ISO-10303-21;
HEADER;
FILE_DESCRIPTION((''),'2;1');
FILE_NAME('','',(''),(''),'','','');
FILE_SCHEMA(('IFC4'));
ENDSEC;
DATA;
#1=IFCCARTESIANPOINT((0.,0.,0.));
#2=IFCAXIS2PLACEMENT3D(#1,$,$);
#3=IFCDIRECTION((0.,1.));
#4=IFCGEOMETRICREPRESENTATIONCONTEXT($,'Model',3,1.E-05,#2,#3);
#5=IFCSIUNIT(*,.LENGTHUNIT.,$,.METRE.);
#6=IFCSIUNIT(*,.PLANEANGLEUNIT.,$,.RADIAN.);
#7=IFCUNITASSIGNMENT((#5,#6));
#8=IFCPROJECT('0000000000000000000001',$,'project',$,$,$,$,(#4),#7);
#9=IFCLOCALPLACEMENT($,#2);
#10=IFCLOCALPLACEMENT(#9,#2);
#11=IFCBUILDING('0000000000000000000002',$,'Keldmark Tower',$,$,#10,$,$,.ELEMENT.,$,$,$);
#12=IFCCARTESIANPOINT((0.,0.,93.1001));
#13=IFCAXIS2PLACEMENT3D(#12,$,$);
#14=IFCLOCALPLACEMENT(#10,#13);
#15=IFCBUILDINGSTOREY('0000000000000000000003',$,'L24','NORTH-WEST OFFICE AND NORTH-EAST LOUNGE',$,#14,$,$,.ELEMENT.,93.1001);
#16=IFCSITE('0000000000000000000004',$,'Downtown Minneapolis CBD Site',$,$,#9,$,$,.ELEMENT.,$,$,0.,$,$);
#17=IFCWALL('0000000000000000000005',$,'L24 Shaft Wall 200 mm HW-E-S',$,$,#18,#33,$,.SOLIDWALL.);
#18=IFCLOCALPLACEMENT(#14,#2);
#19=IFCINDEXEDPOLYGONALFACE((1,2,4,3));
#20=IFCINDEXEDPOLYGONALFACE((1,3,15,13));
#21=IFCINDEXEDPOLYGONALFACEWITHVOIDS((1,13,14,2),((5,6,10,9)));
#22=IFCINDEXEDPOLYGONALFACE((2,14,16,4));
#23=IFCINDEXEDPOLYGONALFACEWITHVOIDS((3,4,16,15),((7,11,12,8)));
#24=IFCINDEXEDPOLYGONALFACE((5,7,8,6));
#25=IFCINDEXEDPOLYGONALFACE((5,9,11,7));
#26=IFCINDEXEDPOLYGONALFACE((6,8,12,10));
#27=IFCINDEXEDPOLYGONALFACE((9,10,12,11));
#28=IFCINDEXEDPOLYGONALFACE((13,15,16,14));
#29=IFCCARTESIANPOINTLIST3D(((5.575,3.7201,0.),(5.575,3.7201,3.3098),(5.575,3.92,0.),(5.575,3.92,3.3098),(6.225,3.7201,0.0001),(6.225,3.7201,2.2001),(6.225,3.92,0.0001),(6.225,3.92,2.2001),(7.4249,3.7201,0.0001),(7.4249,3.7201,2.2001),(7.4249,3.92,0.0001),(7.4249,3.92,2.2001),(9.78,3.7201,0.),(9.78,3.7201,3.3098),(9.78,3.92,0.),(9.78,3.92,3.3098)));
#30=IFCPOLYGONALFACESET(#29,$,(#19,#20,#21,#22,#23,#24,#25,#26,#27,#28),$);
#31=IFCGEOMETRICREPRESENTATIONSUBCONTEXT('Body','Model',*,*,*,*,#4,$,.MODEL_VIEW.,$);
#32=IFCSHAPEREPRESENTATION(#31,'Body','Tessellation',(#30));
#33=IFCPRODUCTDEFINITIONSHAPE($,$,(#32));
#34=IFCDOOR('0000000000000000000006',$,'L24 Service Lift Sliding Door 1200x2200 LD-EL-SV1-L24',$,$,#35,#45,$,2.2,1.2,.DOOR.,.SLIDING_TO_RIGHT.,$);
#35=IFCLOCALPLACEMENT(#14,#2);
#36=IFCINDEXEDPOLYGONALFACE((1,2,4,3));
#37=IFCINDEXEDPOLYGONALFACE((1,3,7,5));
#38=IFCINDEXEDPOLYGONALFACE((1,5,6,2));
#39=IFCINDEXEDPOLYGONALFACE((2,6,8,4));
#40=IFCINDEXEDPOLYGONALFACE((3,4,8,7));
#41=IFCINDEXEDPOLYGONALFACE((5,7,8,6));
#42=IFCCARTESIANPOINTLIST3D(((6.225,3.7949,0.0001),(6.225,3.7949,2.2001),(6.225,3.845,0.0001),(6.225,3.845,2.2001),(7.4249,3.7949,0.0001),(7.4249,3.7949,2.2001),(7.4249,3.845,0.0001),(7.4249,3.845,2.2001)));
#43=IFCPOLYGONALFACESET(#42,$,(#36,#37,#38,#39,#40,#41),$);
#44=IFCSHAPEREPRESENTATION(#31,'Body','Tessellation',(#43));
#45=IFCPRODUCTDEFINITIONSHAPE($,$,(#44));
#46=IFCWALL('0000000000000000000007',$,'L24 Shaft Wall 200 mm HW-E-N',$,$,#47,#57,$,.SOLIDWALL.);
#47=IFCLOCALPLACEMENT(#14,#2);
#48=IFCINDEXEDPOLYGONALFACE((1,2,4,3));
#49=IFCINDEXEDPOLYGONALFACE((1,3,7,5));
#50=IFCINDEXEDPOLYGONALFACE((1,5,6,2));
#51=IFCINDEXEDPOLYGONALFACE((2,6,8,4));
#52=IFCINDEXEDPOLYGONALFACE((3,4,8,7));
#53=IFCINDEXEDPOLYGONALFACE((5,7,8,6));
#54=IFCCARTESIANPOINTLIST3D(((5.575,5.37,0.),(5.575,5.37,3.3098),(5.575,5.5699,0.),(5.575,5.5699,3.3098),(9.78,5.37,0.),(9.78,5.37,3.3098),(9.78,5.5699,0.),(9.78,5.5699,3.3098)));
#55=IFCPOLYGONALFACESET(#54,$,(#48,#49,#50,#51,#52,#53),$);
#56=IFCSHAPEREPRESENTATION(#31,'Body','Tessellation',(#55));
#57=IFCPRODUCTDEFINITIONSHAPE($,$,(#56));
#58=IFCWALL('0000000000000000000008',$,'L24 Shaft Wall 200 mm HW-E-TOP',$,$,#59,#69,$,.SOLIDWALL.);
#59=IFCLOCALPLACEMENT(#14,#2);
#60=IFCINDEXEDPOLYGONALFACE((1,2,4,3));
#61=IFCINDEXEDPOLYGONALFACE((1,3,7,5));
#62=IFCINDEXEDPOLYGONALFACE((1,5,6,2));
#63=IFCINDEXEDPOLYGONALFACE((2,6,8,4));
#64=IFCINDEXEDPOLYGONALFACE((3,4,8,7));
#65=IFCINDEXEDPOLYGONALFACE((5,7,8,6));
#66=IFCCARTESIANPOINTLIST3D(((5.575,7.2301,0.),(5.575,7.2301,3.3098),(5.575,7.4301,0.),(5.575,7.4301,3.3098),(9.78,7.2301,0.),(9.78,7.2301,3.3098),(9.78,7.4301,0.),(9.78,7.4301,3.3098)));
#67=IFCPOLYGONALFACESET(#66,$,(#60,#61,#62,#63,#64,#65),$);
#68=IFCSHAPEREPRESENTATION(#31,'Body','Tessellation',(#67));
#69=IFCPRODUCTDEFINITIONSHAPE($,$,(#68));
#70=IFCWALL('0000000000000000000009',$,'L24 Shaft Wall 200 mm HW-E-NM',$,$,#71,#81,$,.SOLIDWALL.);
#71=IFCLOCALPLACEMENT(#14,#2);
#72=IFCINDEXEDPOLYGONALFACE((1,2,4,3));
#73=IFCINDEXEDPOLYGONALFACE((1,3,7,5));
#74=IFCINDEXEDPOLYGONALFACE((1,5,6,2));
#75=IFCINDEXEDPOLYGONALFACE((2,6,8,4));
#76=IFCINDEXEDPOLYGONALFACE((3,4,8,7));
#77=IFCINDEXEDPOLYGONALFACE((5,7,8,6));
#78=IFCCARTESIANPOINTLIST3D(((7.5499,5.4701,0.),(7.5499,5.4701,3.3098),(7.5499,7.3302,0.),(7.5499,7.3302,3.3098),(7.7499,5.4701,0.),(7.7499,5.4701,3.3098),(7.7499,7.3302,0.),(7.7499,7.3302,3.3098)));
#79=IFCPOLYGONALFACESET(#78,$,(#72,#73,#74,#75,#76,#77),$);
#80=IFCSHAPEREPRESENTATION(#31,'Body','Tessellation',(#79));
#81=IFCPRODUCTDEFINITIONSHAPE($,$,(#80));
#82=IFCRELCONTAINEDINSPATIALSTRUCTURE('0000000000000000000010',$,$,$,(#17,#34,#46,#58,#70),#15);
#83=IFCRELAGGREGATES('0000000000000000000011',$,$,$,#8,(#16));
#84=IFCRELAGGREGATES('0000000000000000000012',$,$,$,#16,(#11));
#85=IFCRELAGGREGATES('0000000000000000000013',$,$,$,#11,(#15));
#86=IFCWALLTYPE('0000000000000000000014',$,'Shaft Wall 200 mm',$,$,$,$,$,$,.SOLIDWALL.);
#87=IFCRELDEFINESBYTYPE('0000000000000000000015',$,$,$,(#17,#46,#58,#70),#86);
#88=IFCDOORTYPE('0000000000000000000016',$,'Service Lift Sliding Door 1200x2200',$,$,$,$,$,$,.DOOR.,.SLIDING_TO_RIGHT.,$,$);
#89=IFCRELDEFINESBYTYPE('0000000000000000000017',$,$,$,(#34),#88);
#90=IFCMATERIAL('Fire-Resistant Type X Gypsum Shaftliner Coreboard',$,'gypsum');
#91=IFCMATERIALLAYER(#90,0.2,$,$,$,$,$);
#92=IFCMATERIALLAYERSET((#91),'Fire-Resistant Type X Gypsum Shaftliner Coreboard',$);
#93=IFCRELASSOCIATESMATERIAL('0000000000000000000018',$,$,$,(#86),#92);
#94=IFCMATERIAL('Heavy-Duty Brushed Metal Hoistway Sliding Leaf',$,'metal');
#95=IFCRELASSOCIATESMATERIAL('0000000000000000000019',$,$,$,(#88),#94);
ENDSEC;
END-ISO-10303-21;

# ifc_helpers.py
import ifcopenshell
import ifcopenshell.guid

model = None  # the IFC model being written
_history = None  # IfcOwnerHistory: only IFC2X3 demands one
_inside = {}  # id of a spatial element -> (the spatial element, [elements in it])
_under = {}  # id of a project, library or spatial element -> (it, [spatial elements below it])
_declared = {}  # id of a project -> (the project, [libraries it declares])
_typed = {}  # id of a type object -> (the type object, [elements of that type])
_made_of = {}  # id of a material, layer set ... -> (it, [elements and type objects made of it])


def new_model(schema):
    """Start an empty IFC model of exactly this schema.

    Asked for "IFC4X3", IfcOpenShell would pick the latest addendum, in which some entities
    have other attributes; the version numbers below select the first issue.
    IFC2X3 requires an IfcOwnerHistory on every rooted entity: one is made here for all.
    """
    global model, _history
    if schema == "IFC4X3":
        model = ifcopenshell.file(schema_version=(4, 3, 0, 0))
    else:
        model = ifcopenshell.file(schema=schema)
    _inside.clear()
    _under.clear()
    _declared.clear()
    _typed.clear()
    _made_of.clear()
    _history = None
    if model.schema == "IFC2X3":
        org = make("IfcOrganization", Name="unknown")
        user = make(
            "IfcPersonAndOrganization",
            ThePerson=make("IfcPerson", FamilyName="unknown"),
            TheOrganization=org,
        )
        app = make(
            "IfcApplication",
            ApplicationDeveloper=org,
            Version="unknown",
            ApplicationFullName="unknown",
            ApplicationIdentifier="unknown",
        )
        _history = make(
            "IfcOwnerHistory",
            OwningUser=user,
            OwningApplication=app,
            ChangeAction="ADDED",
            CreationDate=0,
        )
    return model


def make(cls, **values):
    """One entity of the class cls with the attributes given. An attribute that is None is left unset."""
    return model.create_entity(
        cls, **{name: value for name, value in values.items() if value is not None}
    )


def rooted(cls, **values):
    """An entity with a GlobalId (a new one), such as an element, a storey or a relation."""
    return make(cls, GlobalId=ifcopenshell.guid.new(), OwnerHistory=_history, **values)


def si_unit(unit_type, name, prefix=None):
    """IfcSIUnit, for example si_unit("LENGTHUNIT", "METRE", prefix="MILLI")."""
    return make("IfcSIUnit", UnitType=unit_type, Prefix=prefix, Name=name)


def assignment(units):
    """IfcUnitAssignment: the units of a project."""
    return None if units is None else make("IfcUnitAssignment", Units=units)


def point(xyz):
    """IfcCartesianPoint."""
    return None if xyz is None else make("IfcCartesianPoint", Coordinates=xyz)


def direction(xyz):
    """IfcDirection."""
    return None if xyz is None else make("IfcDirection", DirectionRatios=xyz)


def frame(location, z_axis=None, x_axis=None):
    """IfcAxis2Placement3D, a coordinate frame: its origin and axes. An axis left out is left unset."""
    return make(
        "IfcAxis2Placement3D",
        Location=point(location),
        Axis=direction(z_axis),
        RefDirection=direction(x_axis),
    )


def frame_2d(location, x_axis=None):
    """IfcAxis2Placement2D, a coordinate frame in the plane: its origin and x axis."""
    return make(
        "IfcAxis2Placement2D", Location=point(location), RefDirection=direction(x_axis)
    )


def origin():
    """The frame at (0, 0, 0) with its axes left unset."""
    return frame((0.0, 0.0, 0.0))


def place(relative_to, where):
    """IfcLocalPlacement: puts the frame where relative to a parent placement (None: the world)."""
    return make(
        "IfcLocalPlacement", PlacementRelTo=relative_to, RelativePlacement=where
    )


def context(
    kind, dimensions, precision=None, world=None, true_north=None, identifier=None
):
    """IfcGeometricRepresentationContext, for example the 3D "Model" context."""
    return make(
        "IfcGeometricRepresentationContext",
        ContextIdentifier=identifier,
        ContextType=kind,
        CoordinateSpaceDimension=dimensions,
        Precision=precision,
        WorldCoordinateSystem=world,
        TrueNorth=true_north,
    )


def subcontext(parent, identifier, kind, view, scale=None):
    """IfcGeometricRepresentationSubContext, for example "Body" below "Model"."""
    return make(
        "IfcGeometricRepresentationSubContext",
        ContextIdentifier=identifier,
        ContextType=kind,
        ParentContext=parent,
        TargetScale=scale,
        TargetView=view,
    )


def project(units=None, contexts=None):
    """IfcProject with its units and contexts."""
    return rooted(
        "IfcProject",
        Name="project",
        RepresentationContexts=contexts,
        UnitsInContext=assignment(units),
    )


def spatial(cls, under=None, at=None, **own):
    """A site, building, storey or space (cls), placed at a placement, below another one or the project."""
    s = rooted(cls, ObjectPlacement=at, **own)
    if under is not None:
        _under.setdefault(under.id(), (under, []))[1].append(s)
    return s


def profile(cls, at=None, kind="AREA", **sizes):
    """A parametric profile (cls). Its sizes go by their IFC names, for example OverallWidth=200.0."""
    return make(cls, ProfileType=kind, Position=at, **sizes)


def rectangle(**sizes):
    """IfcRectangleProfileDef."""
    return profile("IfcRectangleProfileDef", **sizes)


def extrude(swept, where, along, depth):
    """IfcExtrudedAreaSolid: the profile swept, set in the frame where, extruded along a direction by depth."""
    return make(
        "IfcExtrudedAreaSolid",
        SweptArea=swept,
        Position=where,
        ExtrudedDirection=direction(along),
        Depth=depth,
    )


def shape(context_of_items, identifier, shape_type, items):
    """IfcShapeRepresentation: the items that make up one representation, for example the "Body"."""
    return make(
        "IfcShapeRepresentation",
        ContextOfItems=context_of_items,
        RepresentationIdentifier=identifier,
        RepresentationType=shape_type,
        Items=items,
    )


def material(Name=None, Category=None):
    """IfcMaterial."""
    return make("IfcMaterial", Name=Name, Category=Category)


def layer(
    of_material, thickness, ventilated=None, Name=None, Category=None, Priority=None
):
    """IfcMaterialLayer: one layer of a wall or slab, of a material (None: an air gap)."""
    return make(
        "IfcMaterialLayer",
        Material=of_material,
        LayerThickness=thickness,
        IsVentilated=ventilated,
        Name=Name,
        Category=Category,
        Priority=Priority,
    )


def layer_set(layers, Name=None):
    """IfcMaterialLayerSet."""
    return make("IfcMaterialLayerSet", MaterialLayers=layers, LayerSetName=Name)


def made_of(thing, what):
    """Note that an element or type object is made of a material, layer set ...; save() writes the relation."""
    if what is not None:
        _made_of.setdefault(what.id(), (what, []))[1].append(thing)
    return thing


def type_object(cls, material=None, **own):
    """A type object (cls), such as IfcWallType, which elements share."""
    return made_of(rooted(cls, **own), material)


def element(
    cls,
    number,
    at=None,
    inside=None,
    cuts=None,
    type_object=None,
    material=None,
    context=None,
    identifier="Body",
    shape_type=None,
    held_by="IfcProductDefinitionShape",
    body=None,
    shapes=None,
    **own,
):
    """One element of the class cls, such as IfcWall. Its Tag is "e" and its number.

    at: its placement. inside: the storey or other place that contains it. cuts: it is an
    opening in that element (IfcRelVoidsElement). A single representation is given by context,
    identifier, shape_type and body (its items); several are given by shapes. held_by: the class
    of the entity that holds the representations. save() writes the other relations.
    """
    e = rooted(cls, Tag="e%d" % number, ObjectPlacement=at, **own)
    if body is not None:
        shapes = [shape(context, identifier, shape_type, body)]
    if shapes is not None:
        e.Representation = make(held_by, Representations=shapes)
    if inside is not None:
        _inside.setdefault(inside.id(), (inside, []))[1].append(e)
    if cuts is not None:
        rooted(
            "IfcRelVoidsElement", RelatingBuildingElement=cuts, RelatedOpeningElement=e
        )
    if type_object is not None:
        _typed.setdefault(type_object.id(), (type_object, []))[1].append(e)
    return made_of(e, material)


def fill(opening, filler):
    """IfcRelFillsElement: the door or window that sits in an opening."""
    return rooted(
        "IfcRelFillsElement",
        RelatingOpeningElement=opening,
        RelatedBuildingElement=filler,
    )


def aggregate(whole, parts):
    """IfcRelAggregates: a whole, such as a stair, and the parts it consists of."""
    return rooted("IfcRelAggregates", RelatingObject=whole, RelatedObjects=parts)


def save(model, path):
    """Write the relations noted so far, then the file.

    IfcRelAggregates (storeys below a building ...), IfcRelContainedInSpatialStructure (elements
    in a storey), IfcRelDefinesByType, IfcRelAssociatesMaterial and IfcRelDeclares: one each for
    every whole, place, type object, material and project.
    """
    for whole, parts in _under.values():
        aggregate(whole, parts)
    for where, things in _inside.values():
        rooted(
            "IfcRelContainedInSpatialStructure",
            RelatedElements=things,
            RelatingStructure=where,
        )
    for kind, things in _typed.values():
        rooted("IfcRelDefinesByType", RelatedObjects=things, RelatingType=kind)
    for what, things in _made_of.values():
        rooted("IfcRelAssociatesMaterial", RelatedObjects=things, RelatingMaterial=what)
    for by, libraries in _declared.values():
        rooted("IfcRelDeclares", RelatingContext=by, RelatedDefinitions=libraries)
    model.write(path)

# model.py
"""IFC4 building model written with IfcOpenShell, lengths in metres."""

from ifc_helpers import new_model, si_unit, direction, frame, frame_2d, origin, place, context, subcontext, project, spatial, rectangle, extrude, material, layer, layer_set, type_object, element, fill, save


model = new_model("IFC4")

# Units and contexts
model_context = context("Model", 3, precision=1e-05, world=origin(), true_north=direction((0.0, 1.0)))
body_context = subcontext(model_context, "Body", "Model", "MODEL_VIEW")
ifc_project = project(units=[si_unit("LENGTHUNIT", "METRE"), si_unit("PLANEANGLEUNIT", "RADIAN")], contexts=[model_context])

# Site, building, storey
site_placement = place(None, origin())
site = spatial("IfcSite", under=ifc_project, at=site_placement, Name="Downtown Minneapolis CBD Site", CompositionType="ELEMENT", RefElevation=0.0)
building_placement = place(site_placement, origin())
building = spatial("IfcBuilding", under=site, at=building_placement, Name="Keldmark Tower", CompositionType="ELEMENT")
storey_placement = place(building_placement, frame((0.0, 0.0, 93.1001)))
storey = spatial("IfcBuildingStorey", under=building, at=storey_placement, Name="L24", Description="NORTH-WEST OFFICE AND NORTH-EAST LOUNGE", CompositionType="ELEMENT", Elevation=93.1001)

# Wall, opening, door
ifc_material_1 = material(Name="Fire-Resistant Type X Gypsum Shaftliner Coreboard", Category="gypsum")
ifc_layer_1 = layer(ifc_material_1, 0.2)
ifc_layer_set_1 = layer_set([ifc_layer_1], Name="Fire-Resistant Type X Gypsum Shaftliner Coreboard")
wall_type = type_object("IfcWallType", Name="Shaft Wall 200 mm", PredefinedType="SOLIDWALL", material=ifc_layer_set_1)
wall_1_placement = place(storey_placement, frame((5.575, 3.8201, 0.0), z_axis=(0.0, 0.0, 1.0), x_axis=(1.0, 0.0, 0.0)))
wall_1 = element("IfcWall", 1, at=wall_1_placement, inside=storey, type_object=wall_type, Name="L24 Shaft Wall 200 mm HW-E-S", PredefinedType="SOLIDWALL", context=body_context, shape_type="SweptSolid", body=[
    extrude(rectangle(XDim=4.2051, YDim=0.2, at=frame_2d((2.1025, 0.0))), origin(), (0.0, 0.0, 1.0), 3.3098),
])
opening_placement = place(wall_1_placement, frame((0.6499, 0.0, 0.0)))
opening = element("IfcOpeningElement", 2, at=opening_placement, cuts=wall_1, PredefinedType="OPENING", context=body_context, shape_type="SweptSolid", body=[
    extrude(rectangle(XDim=1.2, YDim=2.2, at=frame_2d((0.6001, 1.1001))), frame((0.0, 0.1099, 0.0), z_axis=(0.0, -1.0, 0.0), x_axis=(1.0, 0.0, 0.0)), (0.0, 0.0, 1.0), 0.22),
])
ifc_material_2 = material(Name="Heavy-Duty Brushed Metal Hoistway Sliding Leaf", Category="metal")
door_type = type_object("IfcDoorType", Name="Service Lift Sliding Door 1200x2200", OperationType="SLIDING_TO_RIGHT", PredefinedType="DOOR", material=ifc_material_2)
door_placement = place(opening_placement, origin())
door = element("IfcDoor", 3, at=door_placement, inside=storey, type_object=door_type, Name="L24 Service Lift Sliding Door 1200x2200 LD-EL-SV1-L24", OperationType="SLIDING_TO_RIGHT", OverallHeight=2.2, OverallWidth=1.2, PredefinedType="DOOR", context=body_context, shape_type="SweptSolid", body=[
    extrude(rectangle(XDim=1.2, YDim=2.2, at=frame_2d((0.6001, 1.1001))), frame((0.0, 0.0249, 0.0), z_axis=(0.0, -1.0, 0.0), x_axis=(1.0, 0.0, 0.0)), (0.0, 0.0, 1.0), 0.05),
])
fill(opening, door)

# Walls
for number, where, z_axis, x_axis, name in (
    (4, (5.575, 5.47, 0.0), (0.0, 0.0, 1.0), (1.0, 0.0, 0.0), "L24 Shaft Wall 200 mm HW-E-N"),
    (5, (5.575, 7.3301, 0.0), (0.0, 0.0, 1.0), (1.0, 0.0, 0.0), "L24 Shaft Wall 200 mm HW-E-TOP"),
):
    element("IfcWall", number, at=place(storey_placement, frame(where, z_axis=z_axis, x_axis=x_axis)), inside=storey, type_object=wall_type, Name=name, PredefinedType="SOLIDWALL", context=body_context, shape_type="SweptSolid", body=[
        extrude(rectangle(XDim=4.2051, YDim=0.2, at=frame_2d((2.1025, 0.0))), origin(), (0.0, 0.0, 1.0), 3.3098),
    ])
wall_2_placement = place(storey_placement, frame((7.6499, 5.47, 0.0), z_axis=(0.0, 0.0, 1.0), x_axis=(0.0, 1.0, 0.0)))
element("IfcWall", 6, at=wall_2_placement, inside=storey, type_object=wall_type, Name="L24 Shaft Wall 200 mm HW-E-NM", PredefinedType="SOLIDWALL", context=body_context, shape_type="SweptSolid", body=[
    extrude(rectangle(XDim=1.8601, YDim=0.2, at=frame_2d((0.9302, 0.0))), origin(), (0.0, 0.0, 1.0), 3.3098),
])

save(model, "model.ifc")
